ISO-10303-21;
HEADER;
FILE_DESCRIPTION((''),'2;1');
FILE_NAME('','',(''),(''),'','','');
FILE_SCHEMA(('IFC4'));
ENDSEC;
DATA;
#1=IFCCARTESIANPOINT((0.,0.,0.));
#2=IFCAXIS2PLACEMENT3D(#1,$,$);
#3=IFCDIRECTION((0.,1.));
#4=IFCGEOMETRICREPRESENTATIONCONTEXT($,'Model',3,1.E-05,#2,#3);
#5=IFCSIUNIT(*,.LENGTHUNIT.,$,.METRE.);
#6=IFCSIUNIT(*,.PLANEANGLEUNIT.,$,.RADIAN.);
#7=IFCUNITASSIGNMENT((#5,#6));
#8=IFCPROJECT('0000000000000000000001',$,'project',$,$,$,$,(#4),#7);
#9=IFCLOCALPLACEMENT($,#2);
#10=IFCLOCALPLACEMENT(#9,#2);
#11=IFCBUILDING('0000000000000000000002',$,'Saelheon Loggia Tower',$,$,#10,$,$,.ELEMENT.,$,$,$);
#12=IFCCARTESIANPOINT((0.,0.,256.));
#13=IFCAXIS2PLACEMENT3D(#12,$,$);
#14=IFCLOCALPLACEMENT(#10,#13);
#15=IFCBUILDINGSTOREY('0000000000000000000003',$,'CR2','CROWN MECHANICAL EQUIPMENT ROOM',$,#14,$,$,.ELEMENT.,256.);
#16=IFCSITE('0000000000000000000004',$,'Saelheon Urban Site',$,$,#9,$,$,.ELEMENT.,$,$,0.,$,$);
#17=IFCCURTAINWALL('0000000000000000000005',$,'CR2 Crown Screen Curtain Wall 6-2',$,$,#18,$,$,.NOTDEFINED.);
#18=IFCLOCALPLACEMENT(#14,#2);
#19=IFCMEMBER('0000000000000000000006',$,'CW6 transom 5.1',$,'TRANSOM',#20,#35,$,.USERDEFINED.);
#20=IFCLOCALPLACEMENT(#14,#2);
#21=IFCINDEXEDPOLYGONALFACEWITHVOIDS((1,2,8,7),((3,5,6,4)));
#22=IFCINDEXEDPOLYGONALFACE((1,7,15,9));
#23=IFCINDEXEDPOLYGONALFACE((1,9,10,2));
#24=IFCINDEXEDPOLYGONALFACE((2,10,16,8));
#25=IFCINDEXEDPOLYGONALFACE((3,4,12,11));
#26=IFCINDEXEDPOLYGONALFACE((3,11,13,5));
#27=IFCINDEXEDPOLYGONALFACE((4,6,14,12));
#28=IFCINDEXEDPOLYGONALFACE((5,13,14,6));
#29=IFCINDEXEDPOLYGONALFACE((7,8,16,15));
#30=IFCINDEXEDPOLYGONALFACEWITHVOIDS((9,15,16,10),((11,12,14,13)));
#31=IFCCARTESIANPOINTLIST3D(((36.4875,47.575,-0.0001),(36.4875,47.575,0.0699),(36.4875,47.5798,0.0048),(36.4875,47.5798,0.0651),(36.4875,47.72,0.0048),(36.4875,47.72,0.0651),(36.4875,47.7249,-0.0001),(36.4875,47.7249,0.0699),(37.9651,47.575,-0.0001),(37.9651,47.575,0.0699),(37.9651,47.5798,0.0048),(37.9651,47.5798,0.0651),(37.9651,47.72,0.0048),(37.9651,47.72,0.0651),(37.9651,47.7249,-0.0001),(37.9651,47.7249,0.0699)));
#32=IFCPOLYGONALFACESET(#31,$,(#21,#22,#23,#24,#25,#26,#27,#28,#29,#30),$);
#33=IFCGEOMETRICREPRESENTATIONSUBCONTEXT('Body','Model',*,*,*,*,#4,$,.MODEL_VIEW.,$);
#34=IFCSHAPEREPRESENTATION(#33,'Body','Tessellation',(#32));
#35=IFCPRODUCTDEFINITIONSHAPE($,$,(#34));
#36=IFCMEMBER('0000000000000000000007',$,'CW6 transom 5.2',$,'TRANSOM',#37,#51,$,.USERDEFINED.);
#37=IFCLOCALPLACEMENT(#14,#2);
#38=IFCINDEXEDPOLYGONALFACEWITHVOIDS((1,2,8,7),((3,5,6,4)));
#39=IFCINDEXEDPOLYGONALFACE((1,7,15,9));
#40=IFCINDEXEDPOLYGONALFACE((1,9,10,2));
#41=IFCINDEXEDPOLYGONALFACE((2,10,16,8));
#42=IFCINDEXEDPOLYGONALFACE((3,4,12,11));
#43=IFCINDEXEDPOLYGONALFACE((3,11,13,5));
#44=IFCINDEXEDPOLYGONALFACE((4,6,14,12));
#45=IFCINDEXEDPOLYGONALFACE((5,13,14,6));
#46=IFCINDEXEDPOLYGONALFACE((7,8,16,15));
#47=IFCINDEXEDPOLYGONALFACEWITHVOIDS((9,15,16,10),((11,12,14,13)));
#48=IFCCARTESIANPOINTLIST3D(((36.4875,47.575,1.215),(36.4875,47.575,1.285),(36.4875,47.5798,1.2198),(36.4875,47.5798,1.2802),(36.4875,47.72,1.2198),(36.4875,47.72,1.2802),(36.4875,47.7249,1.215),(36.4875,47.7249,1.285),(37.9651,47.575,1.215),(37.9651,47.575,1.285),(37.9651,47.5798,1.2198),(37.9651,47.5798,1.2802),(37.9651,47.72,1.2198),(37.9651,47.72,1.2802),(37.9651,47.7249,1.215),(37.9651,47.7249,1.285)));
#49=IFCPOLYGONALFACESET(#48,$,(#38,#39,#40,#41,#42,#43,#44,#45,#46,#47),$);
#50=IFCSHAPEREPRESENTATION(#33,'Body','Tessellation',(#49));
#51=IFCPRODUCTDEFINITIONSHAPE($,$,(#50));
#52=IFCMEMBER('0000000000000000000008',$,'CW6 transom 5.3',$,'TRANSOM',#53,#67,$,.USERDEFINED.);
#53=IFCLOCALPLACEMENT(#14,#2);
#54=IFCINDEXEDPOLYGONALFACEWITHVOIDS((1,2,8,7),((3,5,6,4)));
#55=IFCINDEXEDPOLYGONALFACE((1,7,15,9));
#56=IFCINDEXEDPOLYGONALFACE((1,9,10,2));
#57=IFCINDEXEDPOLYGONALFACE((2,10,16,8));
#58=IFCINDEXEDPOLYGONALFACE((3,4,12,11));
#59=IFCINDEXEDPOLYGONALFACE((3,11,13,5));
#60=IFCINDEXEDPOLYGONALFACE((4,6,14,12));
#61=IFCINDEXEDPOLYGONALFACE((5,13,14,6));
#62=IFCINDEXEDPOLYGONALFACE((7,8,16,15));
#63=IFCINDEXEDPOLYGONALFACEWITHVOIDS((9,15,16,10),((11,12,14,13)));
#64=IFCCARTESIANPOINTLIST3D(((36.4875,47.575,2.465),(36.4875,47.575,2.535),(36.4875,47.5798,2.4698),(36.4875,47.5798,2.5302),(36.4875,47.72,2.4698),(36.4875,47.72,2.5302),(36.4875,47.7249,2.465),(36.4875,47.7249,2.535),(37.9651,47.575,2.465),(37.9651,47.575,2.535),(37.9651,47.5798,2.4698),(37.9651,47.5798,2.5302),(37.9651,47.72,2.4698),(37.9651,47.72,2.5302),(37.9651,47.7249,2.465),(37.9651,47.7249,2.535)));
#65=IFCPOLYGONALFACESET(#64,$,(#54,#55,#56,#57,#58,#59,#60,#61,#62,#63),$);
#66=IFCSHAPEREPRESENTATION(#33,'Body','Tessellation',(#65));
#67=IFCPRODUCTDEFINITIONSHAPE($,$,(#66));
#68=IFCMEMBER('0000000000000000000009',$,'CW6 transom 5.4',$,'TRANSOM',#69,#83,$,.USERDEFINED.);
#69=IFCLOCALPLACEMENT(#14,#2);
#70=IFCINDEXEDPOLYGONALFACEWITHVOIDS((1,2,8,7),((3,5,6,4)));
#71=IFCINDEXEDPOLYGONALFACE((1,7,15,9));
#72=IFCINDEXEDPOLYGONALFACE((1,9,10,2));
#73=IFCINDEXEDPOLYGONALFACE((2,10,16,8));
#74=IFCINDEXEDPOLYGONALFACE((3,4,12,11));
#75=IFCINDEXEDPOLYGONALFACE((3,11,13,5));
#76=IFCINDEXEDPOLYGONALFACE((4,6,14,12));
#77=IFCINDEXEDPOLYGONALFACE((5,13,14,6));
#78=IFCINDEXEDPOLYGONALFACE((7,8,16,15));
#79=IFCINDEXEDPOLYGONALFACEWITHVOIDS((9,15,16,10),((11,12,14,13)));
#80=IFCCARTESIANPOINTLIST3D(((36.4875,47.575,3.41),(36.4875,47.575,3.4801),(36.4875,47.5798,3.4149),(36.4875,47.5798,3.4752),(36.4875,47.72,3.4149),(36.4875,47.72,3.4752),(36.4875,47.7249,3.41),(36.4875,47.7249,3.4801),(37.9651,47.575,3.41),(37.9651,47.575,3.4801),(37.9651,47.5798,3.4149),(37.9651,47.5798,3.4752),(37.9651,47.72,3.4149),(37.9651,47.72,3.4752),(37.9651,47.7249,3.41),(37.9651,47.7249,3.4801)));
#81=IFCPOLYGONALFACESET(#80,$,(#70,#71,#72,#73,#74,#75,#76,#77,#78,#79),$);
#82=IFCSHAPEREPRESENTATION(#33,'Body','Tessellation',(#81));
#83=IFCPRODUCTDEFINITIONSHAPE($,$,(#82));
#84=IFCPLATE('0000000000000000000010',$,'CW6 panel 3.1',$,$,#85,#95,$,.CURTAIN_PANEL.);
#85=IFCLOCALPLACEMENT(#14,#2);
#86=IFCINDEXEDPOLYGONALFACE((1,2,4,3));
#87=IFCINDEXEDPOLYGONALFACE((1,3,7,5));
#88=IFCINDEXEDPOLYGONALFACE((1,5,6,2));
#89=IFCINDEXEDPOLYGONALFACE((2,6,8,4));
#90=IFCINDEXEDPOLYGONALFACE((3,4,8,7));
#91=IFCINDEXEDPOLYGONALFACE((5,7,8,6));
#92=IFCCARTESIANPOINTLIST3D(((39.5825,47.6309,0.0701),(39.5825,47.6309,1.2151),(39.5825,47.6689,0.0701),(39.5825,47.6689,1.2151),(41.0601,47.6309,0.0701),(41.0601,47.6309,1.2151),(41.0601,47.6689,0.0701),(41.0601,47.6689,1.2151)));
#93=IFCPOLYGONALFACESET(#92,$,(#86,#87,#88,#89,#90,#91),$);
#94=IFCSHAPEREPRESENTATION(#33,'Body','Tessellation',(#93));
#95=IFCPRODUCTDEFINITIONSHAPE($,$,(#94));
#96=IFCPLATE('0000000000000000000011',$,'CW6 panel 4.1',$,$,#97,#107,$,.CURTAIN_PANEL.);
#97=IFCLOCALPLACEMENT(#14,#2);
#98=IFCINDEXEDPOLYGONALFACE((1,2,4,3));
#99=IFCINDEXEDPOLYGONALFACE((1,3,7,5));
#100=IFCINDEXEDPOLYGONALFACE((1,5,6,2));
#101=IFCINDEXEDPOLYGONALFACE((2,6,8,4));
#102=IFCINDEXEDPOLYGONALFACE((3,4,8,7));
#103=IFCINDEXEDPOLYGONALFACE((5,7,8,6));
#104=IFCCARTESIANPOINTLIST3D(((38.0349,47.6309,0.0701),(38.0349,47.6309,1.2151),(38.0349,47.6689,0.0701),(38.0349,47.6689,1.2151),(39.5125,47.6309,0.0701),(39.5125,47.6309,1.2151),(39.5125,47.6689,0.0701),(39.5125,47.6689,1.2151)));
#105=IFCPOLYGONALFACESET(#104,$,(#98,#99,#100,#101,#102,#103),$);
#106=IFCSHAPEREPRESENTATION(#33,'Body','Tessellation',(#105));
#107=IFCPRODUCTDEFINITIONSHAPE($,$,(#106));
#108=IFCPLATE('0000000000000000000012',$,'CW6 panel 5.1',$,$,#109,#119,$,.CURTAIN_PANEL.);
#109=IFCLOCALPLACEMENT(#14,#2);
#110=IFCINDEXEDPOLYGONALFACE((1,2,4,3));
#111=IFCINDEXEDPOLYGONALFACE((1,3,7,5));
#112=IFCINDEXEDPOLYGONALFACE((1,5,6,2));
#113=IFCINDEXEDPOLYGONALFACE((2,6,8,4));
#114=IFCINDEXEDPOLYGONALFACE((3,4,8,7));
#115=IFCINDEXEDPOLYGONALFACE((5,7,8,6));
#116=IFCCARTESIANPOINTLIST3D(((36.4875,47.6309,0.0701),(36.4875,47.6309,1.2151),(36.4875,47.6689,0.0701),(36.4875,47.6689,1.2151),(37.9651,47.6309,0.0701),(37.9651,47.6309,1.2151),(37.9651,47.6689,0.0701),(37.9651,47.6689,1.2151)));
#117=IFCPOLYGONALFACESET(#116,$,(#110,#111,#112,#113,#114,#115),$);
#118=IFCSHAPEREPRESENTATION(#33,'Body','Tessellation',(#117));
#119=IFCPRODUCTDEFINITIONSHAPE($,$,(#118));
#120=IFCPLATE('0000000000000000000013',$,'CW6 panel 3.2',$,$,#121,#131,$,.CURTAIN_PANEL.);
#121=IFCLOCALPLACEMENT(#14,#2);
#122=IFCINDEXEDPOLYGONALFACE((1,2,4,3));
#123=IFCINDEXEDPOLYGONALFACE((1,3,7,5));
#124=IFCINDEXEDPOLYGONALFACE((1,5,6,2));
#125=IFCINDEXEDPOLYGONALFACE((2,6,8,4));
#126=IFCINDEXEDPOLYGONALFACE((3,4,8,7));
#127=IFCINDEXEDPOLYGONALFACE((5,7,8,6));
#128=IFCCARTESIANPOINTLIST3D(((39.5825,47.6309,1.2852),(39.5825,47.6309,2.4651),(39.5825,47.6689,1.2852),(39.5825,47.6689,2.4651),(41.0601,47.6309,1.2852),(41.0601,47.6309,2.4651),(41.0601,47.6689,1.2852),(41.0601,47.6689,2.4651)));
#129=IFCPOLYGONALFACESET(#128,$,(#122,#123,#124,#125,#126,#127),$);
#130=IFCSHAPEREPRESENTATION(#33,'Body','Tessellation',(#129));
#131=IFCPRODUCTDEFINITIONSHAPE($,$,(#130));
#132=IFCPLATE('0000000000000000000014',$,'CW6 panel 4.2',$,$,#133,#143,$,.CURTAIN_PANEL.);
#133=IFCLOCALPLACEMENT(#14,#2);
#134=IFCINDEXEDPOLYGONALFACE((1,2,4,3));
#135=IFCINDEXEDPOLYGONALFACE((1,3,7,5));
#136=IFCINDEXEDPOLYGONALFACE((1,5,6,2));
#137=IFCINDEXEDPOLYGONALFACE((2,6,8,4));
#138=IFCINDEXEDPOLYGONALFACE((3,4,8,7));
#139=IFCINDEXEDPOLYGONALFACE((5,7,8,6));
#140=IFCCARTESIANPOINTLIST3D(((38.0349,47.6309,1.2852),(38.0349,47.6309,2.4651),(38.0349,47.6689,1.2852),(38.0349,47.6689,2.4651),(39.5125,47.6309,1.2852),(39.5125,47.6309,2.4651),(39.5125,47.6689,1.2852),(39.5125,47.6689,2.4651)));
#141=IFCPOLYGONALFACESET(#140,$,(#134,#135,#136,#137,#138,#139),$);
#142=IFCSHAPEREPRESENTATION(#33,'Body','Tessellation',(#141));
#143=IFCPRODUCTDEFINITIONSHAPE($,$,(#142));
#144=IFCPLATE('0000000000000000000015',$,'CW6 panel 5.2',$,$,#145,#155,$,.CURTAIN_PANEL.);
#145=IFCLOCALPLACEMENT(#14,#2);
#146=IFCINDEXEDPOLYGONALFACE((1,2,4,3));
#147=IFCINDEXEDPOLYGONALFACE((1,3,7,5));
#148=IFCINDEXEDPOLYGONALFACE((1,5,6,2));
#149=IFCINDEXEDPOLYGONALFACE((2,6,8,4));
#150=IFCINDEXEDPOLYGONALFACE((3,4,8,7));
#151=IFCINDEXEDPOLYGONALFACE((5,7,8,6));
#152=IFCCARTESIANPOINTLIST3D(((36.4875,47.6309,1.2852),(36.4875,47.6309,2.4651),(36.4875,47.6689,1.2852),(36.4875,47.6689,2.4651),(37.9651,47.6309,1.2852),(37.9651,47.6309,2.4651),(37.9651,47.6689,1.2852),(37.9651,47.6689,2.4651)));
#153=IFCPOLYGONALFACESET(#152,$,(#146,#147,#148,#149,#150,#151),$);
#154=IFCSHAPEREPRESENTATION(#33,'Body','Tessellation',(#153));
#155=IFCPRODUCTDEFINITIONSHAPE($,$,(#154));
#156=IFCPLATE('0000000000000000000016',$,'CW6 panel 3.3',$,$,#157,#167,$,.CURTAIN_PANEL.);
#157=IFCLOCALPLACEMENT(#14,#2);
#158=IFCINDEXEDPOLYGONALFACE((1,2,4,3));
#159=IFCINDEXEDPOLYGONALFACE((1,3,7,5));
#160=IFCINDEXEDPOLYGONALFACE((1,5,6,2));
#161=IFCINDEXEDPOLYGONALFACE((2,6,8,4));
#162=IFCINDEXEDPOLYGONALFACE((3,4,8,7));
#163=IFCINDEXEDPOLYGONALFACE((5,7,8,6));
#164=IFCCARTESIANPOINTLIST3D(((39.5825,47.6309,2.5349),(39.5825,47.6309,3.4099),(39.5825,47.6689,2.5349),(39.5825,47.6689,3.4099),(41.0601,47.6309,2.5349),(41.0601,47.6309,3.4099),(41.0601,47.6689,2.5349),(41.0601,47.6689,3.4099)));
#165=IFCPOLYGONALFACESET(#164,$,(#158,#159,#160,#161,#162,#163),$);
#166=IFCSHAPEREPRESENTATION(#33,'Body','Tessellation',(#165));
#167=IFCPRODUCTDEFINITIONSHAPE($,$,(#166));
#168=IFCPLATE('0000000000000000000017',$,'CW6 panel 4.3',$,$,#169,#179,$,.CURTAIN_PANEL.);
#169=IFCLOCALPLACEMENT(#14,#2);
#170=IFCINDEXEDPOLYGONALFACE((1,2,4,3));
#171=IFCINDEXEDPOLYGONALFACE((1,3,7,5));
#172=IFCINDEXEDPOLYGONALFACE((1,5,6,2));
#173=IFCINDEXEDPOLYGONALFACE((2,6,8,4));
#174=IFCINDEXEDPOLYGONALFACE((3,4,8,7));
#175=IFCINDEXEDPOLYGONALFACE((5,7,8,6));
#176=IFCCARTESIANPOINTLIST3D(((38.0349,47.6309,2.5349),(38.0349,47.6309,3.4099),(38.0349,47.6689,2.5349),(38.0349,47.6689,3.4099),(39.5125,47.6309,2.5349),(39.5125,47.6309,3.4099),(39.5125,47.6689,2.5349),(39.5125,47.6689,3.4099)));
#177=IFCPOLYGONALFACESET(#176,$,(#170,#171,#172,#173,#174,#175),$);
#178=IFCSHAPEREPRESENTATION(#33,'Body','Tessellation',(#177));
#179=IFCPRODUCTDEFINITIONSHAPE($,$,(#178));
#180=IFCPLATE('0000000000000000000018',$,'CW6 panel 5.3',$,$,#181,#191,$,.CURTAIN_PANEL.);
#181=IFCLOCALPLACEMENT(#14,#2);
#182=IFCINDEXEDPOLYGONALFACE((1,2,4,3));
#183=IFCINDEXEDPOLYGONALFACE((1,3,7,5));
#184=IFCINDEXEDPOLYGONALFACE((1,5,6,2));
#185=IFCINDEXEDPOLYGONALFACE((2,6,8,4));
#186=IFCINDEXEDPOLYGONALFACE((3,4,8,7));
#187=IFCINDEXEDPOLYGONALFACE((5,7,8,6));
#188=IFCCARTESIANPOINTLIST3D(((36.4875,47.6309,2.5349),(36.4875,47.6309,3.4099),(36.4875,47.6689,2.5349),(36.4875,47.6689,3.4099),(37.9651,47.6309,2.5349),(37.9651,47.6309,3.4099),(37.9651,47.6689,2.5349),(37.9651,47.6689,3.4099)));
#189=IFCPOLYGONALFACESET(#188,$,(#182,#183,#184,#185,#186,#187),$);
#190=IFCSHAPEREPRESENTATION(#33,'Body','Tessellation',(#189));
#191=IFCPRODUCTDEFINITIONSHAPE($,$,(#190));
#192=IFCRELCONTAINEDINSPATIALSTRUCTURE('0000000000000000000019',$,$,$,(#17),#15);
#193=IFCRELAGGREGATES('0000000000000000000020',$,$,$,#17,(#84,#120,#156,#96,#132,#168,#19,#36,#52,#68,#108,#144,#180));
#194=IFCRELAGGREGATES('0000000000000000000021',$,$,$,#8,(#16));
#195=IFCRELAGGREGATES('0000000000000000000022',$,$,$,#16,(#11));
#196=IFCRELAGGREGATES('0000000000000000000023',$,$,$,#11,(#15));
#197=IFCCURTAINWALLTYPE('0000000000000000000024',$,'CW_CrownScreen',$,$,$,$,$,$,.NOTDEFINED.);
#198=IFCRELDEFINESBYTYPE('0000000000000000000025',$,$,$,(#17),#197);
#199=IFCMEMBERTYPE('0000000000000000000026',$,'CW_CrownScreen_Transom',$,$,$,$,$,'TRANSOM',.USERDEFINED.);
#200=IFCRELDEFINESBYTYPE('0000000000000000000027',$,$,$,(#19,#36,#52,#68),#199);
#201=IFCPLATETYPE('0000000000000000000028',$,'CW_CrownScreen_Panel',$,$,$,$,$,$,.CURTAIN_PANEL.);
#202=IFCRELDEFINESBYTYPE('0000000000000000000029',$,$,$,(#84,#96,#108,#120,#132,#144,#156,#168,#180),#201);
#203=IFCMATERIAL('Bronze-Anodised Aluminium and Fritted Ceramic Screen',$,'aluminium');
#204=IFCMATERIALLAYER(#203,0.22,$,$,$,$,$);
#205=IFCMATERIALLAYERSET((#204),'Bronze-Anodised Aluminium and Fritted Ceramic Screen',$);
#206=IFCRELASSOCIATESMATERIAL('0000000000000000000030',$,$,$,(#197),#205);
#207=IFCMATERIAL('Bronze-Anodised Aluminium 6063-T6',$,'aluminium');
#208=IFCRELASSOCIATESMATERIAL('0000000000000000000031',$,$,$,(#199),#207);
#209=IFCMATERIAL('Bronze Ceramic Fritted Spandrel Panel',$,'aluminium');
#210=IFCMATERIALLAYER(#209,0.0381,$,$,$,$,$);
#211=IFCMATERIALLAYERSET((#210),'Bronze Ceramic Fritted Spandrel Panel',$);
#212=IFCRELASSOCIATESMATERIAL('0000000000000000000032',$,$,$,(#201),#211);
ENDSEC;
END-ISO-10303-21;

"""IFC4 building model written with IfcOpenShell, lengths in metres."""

from ifc_helpers import new_model, si_unit, direction, frame, origin, origin_2d, place, context, subcontext, project, spatial, rectangle, hollow_rectangle, extrude, source, transform, mapped, material, layer, layer_set, material_profile, profile_set, type_object, element, aggregate, save


model = new_model("IFC4")

# Units and contexts
model_context = context("Model", 3, precision=1e-05, world=origin(), true_north=direction((0.0, 1.0)))
body_context = subcontext(model_context, "Body", "Model", "MODEL_VIEW")
ifc_project = project(units=[si_unit("LENGTHUNIT", "METRE"), si_unit("PLANEANGLEUNIT", "RADIAN")], contexts=[model_context])

# Site, building, storey
site_placement = place(None, origin())
site = spatial("IfcSite", under=ifc_project, at=site_placement, Name="Saelheon Urban Site", CompositionType="ELEMENT", RefElevation=0.0)
building_placement = place(site_placement, origin())
building = spatial("IfcBuilding", under=site, at=building_placement, Name="Saelheon Loggia Tower", CompositionType="ELEMENT")
storey_placement = place(building_placement, frame((0.0, 0.0, 256.0)))
storey = spatial("IfcBuildingStorey", under=building, at=storey_placement, Name="CR2", Description="CROWN MECHANICAL EQUIPMENT ROOM", CompositionType="ELEMENT", Elevation=256.0)

# Curtain wall, members, plates
ifc_material_1 = material(Name="Bronze-Anodised Aluminium and Fritted Ceramic Screen", Category="aluminium")
ifc_layer_1 = layer(ifc_material_1, 0.22)
ifc_layer_set_1 = layer_set([ifc_layer_1], Name="Bronze-Anodised Aluminium and Fritted Ceramic Screen")
curtain_wall_type = type_object("IfcCurtainWallType", Name="CW_CrownScreen", PredefinedType="NOTDEFINED", material=ifc_layer_set_1)
curtain_wall_placement = place(storey_placement, origin())
curtain_wall = element("IfcCurtainWall", 1, at=curtain_wall_placement, inside=storey, type_object=curtain_wall_type, Name="CR2 Crown Screen Curtain Wall 6-2", PredefinedType="NOTDEFINED")
ifc_material_2 = material(Name="Bronze-Anodised Aluminium 6063-T6", Category="aluminium")
ifc_material_profile_1 = material_profile(ifc_material_2, hollow_rectangle(XDim=0.0701, YDim=0.1499, WallThickness=0.0049, at=origin_2d()), Name="RHS-150x70x5")
ifc_profile_set_1 = profile_set([ifc_material_profile_1], Name="Bronze-Anodised Aluminium 6063-T6")
member_type_1 = type_object("IfcMemberType", Name="CW_CrownScreen_Transom", ElementType="TRANSOM", PredefinedType="USERDEFINED", material=ifc_profile_set_1)
shared_shape_1 = source(origin(), body_context, "Body", "SweptSolid", [
    extrude(hollow_rectangle(XDim=0.0701, YDim=0.1499, WallThickness=0.0049, at=origin_2d()), origin(), (0.0, 0.0, 1.0), 1.4775),
])
member_1_placement = place(storey_placement, frame((37.9651, 47.6499, 0.0349), z_axis=(-1.0, 0.0, 0.0), x_axis=(0.0, 0.0, 1.0)))
member_1 = element("IfcMember", 2, at=member_1_placement, type_object=member_type_1, Name="CW6 transom 5.1", ObjectType="TRANSOM", PredefinedType="USERDEFINED", context=body_context, shape_type="MappedRepresentation", body=[
    mapped(shared_shape_1, transform((0.0, 0.0, 0.0), scale=1.0)),
])
member_2_placement = place(storey_placement, frame((37.9651, 47.6499, 1.25), z_axis=(-1.0, 0.0, 0.0), x_axis=(0.0, 0.0, 1.0)))
member_2 = element("IfcMember", 3, at=member_2_placement, type_object=member_type_1, Name="CW6 transom 5.2", ObjectType="TRANSOM", PredefinedType="USERDEFINED", context=body_context, shape_type="MappedRepresentation", body=[
    mapped(shared_shape_1, transform((0.0, 0.0, 0.0), scale=1.0)),
])
member_3_placement = place(storey_placement, frame((37.9651, 47.6499, 2.5), z_axis=(-1.0, 0.0, 0.0), x_axis=(0.0, 0.0, 1.0)))
member_3 = element("IfcMember", 4, at=member_3_placement, type_object=member_type_1, Name="CW6 transom 5.3", ObjectType="TRANSOM", PredefinedType="USERDEFINED", context=body_context, shape_type="MappedRepresentation", body=[
    mapped(shared_shape_1, transform((0.0, 0.0, 0.0), scale=1.0)),
])
member_4_placement = place(storey_placement, frame((37.9651, 47.6499, 3.4451), z_axis=(-1.0, 0.0, 0.0), x_axis=(0.0, 0.0, 1.0)))
member_4 = element("IfcMember", 5, at=member_4_placement, type_object=member_type_1, Name="CW6 transom 5.4", ObjectType="TRANSOM", PredefinedType="USERDEFINED", context=body_context, shape_type="MappedRepresentation", body=[
    mapped(shared_shape_1, transform((0.0, 0.0, 0.0), scale=1.0)),
])
ifc_material_3 = material(Name="Bronze Ceramic Fritted Spandrel Panel", Category="aluminium")
ifc_layer_2 = layer(ifc_material_3, 0.0381)
ifc_layer_set_2 = layer_set([ifc_layer_2], Name="Bronze Ceramic Fritted Spandrel Panel")
plate_type = type_object("IfcPlateType", Name="CW_CrownScreen_Panel", PredefinedType="CURTAIN_PANEL", material=ifc_layer_set_2)
shared_shape_2 = source(origin(), body_context, "Body", "SweptSolid", [
    extrude(rectangle(XDim=1.4775, YDim=0.0381, at=origin_2d()), origin(), (0.0, 0.0, 1.0), 1.145),
])
plate_1_placement = place(storey_placement, frame((40.3213, 47.6499, 0.0701), z_axis=(0.0, 0.0, 1.0), x_axis=(-1.0, 0.0, 0.0)))
plate_1 = element("IfcPlate", 6, at=plate_1_placement, type_object=plate_type, Name="CW6 panel 3.1", PredefinedType="CURTAIN_PANEL", context=body_context, shape_type="MappedRepresentation", body=[
    mapped(shared_shape_2, transform((0.0, 0.0, 0.0), scale=1.0)),
])
plate_2_placement = place(storey_placement, frame((38.7737, 47.6499, 0.0701), z_axis=(0.0, 0.0, 1.0), x_axis=(-1.0, 0.0, 0.0)))
plate_2 = element("IfcPlate", 7, at=plate_2_placement, type_object=plate_type, Name="CW6 panel 4.1", PredefinedType="CURTAIN_PANEL", context=body_context, shape_type="MappedRepresentation", body=[
    mapped(shared_shape_2, transform((0.0, 0.0, 0.0), scale=1.0)),
])
plate_3_placement = place(storey_placement, frame((37.2263, 47.6499, 0.0701), z_axis=(0.0, 0.0, 1.0), x_axis=(-1.0, 0.0, 0.0)))
plate_3 = element("IfcPlate", 8, at=plate_3_placement, type_object=plate_type, Name="CW6 panel 5.1", PredefinedType="CURTAIN_PANEL", context=body_context, shape_type="MappedRepresentation", body=[
    mapped(shared_shape_2, transform((0.0, 0.0, 0.0), scale=1.0)),
])
shared_shape_3 = source(origin(), body_context, "Body", "SweptSolid", [
    extrude(rectangle(XDim=1.4775, YDim=0.0381, at=origin_2d()), origin(), (0.0, 0.0, 1.0), 1.1799),
])
plate_4_placement = place(storey_placement, frame((40.3213, 47.6499, 1.2852), z_axis=(0.0, 0.0, 1.0), x_axis=(-1.0, 0.0, 0.0)))
plate_4 = element("IfcPlate", 9, at=plate_4_placement, type_object=plate_type, Name="CW6 panel 3.2", PredefinedType="CURTAIN_PANEL", context=body_context, shape_type="MappedRepresentation", body=[
    mapped(shared_shape_3, transform((0.0, 0.0, 0.0), scale=1.0)),
])
plate_5_placement = place(storey_placement, frame((38.7737, 47.6499, 1.2852), z_axis=(0.0, 0.0, 1.0), x_axis=(-1.0, 0.0, 0.0)))
plate_5 = element("IfcPlate", 10, at=plate_5_placement, type_object=plate_type, Name="CW6 panel 4.2", PredefinedType="CURTAIN_PANEL", context=body_context, shape_type="MappedRepresentation", body=[
    mapped(shared_shape_3, transform((0.0, 0.0, 0.0), scale=1.0)),
])
plate_6_placement = place(storey_placement, frame((37.2263, 47.6499, 1.2852), z_axis=(0.0, 0.0, 1.0), x_axis=(-1.0, 0.0, 0.0)))
plate_6 = element("IfcPlate", 11, at=plate_6_placement, type_object=plate_type, Name="CW6 panel 5.2", PredefinedType="CURTAIN_PANEL", context=body_context, shape_type="MappedRepresentation", body=[
    mapped(shared_shape_3, transform((0.0, 0.0, 0.0), scale=1.0)),
])
shared_shape_4 = source(origin(), body_context, "Body", "SweptSolid", [
    extrude(rectangle(XDim=1.4775, YDim=0.0381, at=origin_2d()), origin(), (0.0, 0.0, 1.0), 0.875),
])
plate_7_placement = place(storey_placement, frame((40.3213, 47.6499, 2.5349), z_axis=(0.0, 0.0, 1.0), x_axis=(-1.0, 0.0, 0.0)))
plate_7 = element("IfcPlate", 12, at=plate_7_placement, type_object=plate_type, Name="CW6 panel 3.3", PredefinedType="CURTAIN_PANEL", context=body_context, shape_type="MappedRepresentation", body=[
    mapped(shared_shape_4, transform((0.0, 0.0, 0.0), scale=1.0)),
])
plate_8_placement = place(storey_placement, frame((38.7737, 47.6499, 2.5349), z_axis=(0.0, 0.0, 1.0), x_axis=(-1.0, 0.0, 0.0)))
plate_8 = element("IfcPlate", 13, at=plate_8_placement, type_object=plate_type, Name="CW6 panel 4.3", PredefinedType="CURTAIN_PANEL", context=body_context, shape_type="MappedRepresentation", body=[
    mapped(shared_shape_4, transform((0.0, 0.0, 0.0), scale=1.0)),
])
plate_9_placement = place(storey_placement, frame((37.2263, 47.6499, 2.5349), z_axis=(0.0, 0.0, 1.0), x_axis=(-1.0, 0.0, 0.0)))
plate_9 = element("IfcPlate", 14, at=plate_9_placement, type_object=plate_type, Name="CW6 panel 5.3", PredefinedType="CURTAIN_PANEL", context=body_context, shape_type="MappedRepresentation", body=[
    mapped(shared_shape_4, transform((0.0, 0.0, 0.0), scale=1.0)),
])
aggregate(curtain_wall, [plate_1, plate_4, plate_7, plate_2, plate_5, plate_8, member_1, member_2, member_3, member_4, plate_3, plate_6, plate_9])

save(model, "model.ifc")
